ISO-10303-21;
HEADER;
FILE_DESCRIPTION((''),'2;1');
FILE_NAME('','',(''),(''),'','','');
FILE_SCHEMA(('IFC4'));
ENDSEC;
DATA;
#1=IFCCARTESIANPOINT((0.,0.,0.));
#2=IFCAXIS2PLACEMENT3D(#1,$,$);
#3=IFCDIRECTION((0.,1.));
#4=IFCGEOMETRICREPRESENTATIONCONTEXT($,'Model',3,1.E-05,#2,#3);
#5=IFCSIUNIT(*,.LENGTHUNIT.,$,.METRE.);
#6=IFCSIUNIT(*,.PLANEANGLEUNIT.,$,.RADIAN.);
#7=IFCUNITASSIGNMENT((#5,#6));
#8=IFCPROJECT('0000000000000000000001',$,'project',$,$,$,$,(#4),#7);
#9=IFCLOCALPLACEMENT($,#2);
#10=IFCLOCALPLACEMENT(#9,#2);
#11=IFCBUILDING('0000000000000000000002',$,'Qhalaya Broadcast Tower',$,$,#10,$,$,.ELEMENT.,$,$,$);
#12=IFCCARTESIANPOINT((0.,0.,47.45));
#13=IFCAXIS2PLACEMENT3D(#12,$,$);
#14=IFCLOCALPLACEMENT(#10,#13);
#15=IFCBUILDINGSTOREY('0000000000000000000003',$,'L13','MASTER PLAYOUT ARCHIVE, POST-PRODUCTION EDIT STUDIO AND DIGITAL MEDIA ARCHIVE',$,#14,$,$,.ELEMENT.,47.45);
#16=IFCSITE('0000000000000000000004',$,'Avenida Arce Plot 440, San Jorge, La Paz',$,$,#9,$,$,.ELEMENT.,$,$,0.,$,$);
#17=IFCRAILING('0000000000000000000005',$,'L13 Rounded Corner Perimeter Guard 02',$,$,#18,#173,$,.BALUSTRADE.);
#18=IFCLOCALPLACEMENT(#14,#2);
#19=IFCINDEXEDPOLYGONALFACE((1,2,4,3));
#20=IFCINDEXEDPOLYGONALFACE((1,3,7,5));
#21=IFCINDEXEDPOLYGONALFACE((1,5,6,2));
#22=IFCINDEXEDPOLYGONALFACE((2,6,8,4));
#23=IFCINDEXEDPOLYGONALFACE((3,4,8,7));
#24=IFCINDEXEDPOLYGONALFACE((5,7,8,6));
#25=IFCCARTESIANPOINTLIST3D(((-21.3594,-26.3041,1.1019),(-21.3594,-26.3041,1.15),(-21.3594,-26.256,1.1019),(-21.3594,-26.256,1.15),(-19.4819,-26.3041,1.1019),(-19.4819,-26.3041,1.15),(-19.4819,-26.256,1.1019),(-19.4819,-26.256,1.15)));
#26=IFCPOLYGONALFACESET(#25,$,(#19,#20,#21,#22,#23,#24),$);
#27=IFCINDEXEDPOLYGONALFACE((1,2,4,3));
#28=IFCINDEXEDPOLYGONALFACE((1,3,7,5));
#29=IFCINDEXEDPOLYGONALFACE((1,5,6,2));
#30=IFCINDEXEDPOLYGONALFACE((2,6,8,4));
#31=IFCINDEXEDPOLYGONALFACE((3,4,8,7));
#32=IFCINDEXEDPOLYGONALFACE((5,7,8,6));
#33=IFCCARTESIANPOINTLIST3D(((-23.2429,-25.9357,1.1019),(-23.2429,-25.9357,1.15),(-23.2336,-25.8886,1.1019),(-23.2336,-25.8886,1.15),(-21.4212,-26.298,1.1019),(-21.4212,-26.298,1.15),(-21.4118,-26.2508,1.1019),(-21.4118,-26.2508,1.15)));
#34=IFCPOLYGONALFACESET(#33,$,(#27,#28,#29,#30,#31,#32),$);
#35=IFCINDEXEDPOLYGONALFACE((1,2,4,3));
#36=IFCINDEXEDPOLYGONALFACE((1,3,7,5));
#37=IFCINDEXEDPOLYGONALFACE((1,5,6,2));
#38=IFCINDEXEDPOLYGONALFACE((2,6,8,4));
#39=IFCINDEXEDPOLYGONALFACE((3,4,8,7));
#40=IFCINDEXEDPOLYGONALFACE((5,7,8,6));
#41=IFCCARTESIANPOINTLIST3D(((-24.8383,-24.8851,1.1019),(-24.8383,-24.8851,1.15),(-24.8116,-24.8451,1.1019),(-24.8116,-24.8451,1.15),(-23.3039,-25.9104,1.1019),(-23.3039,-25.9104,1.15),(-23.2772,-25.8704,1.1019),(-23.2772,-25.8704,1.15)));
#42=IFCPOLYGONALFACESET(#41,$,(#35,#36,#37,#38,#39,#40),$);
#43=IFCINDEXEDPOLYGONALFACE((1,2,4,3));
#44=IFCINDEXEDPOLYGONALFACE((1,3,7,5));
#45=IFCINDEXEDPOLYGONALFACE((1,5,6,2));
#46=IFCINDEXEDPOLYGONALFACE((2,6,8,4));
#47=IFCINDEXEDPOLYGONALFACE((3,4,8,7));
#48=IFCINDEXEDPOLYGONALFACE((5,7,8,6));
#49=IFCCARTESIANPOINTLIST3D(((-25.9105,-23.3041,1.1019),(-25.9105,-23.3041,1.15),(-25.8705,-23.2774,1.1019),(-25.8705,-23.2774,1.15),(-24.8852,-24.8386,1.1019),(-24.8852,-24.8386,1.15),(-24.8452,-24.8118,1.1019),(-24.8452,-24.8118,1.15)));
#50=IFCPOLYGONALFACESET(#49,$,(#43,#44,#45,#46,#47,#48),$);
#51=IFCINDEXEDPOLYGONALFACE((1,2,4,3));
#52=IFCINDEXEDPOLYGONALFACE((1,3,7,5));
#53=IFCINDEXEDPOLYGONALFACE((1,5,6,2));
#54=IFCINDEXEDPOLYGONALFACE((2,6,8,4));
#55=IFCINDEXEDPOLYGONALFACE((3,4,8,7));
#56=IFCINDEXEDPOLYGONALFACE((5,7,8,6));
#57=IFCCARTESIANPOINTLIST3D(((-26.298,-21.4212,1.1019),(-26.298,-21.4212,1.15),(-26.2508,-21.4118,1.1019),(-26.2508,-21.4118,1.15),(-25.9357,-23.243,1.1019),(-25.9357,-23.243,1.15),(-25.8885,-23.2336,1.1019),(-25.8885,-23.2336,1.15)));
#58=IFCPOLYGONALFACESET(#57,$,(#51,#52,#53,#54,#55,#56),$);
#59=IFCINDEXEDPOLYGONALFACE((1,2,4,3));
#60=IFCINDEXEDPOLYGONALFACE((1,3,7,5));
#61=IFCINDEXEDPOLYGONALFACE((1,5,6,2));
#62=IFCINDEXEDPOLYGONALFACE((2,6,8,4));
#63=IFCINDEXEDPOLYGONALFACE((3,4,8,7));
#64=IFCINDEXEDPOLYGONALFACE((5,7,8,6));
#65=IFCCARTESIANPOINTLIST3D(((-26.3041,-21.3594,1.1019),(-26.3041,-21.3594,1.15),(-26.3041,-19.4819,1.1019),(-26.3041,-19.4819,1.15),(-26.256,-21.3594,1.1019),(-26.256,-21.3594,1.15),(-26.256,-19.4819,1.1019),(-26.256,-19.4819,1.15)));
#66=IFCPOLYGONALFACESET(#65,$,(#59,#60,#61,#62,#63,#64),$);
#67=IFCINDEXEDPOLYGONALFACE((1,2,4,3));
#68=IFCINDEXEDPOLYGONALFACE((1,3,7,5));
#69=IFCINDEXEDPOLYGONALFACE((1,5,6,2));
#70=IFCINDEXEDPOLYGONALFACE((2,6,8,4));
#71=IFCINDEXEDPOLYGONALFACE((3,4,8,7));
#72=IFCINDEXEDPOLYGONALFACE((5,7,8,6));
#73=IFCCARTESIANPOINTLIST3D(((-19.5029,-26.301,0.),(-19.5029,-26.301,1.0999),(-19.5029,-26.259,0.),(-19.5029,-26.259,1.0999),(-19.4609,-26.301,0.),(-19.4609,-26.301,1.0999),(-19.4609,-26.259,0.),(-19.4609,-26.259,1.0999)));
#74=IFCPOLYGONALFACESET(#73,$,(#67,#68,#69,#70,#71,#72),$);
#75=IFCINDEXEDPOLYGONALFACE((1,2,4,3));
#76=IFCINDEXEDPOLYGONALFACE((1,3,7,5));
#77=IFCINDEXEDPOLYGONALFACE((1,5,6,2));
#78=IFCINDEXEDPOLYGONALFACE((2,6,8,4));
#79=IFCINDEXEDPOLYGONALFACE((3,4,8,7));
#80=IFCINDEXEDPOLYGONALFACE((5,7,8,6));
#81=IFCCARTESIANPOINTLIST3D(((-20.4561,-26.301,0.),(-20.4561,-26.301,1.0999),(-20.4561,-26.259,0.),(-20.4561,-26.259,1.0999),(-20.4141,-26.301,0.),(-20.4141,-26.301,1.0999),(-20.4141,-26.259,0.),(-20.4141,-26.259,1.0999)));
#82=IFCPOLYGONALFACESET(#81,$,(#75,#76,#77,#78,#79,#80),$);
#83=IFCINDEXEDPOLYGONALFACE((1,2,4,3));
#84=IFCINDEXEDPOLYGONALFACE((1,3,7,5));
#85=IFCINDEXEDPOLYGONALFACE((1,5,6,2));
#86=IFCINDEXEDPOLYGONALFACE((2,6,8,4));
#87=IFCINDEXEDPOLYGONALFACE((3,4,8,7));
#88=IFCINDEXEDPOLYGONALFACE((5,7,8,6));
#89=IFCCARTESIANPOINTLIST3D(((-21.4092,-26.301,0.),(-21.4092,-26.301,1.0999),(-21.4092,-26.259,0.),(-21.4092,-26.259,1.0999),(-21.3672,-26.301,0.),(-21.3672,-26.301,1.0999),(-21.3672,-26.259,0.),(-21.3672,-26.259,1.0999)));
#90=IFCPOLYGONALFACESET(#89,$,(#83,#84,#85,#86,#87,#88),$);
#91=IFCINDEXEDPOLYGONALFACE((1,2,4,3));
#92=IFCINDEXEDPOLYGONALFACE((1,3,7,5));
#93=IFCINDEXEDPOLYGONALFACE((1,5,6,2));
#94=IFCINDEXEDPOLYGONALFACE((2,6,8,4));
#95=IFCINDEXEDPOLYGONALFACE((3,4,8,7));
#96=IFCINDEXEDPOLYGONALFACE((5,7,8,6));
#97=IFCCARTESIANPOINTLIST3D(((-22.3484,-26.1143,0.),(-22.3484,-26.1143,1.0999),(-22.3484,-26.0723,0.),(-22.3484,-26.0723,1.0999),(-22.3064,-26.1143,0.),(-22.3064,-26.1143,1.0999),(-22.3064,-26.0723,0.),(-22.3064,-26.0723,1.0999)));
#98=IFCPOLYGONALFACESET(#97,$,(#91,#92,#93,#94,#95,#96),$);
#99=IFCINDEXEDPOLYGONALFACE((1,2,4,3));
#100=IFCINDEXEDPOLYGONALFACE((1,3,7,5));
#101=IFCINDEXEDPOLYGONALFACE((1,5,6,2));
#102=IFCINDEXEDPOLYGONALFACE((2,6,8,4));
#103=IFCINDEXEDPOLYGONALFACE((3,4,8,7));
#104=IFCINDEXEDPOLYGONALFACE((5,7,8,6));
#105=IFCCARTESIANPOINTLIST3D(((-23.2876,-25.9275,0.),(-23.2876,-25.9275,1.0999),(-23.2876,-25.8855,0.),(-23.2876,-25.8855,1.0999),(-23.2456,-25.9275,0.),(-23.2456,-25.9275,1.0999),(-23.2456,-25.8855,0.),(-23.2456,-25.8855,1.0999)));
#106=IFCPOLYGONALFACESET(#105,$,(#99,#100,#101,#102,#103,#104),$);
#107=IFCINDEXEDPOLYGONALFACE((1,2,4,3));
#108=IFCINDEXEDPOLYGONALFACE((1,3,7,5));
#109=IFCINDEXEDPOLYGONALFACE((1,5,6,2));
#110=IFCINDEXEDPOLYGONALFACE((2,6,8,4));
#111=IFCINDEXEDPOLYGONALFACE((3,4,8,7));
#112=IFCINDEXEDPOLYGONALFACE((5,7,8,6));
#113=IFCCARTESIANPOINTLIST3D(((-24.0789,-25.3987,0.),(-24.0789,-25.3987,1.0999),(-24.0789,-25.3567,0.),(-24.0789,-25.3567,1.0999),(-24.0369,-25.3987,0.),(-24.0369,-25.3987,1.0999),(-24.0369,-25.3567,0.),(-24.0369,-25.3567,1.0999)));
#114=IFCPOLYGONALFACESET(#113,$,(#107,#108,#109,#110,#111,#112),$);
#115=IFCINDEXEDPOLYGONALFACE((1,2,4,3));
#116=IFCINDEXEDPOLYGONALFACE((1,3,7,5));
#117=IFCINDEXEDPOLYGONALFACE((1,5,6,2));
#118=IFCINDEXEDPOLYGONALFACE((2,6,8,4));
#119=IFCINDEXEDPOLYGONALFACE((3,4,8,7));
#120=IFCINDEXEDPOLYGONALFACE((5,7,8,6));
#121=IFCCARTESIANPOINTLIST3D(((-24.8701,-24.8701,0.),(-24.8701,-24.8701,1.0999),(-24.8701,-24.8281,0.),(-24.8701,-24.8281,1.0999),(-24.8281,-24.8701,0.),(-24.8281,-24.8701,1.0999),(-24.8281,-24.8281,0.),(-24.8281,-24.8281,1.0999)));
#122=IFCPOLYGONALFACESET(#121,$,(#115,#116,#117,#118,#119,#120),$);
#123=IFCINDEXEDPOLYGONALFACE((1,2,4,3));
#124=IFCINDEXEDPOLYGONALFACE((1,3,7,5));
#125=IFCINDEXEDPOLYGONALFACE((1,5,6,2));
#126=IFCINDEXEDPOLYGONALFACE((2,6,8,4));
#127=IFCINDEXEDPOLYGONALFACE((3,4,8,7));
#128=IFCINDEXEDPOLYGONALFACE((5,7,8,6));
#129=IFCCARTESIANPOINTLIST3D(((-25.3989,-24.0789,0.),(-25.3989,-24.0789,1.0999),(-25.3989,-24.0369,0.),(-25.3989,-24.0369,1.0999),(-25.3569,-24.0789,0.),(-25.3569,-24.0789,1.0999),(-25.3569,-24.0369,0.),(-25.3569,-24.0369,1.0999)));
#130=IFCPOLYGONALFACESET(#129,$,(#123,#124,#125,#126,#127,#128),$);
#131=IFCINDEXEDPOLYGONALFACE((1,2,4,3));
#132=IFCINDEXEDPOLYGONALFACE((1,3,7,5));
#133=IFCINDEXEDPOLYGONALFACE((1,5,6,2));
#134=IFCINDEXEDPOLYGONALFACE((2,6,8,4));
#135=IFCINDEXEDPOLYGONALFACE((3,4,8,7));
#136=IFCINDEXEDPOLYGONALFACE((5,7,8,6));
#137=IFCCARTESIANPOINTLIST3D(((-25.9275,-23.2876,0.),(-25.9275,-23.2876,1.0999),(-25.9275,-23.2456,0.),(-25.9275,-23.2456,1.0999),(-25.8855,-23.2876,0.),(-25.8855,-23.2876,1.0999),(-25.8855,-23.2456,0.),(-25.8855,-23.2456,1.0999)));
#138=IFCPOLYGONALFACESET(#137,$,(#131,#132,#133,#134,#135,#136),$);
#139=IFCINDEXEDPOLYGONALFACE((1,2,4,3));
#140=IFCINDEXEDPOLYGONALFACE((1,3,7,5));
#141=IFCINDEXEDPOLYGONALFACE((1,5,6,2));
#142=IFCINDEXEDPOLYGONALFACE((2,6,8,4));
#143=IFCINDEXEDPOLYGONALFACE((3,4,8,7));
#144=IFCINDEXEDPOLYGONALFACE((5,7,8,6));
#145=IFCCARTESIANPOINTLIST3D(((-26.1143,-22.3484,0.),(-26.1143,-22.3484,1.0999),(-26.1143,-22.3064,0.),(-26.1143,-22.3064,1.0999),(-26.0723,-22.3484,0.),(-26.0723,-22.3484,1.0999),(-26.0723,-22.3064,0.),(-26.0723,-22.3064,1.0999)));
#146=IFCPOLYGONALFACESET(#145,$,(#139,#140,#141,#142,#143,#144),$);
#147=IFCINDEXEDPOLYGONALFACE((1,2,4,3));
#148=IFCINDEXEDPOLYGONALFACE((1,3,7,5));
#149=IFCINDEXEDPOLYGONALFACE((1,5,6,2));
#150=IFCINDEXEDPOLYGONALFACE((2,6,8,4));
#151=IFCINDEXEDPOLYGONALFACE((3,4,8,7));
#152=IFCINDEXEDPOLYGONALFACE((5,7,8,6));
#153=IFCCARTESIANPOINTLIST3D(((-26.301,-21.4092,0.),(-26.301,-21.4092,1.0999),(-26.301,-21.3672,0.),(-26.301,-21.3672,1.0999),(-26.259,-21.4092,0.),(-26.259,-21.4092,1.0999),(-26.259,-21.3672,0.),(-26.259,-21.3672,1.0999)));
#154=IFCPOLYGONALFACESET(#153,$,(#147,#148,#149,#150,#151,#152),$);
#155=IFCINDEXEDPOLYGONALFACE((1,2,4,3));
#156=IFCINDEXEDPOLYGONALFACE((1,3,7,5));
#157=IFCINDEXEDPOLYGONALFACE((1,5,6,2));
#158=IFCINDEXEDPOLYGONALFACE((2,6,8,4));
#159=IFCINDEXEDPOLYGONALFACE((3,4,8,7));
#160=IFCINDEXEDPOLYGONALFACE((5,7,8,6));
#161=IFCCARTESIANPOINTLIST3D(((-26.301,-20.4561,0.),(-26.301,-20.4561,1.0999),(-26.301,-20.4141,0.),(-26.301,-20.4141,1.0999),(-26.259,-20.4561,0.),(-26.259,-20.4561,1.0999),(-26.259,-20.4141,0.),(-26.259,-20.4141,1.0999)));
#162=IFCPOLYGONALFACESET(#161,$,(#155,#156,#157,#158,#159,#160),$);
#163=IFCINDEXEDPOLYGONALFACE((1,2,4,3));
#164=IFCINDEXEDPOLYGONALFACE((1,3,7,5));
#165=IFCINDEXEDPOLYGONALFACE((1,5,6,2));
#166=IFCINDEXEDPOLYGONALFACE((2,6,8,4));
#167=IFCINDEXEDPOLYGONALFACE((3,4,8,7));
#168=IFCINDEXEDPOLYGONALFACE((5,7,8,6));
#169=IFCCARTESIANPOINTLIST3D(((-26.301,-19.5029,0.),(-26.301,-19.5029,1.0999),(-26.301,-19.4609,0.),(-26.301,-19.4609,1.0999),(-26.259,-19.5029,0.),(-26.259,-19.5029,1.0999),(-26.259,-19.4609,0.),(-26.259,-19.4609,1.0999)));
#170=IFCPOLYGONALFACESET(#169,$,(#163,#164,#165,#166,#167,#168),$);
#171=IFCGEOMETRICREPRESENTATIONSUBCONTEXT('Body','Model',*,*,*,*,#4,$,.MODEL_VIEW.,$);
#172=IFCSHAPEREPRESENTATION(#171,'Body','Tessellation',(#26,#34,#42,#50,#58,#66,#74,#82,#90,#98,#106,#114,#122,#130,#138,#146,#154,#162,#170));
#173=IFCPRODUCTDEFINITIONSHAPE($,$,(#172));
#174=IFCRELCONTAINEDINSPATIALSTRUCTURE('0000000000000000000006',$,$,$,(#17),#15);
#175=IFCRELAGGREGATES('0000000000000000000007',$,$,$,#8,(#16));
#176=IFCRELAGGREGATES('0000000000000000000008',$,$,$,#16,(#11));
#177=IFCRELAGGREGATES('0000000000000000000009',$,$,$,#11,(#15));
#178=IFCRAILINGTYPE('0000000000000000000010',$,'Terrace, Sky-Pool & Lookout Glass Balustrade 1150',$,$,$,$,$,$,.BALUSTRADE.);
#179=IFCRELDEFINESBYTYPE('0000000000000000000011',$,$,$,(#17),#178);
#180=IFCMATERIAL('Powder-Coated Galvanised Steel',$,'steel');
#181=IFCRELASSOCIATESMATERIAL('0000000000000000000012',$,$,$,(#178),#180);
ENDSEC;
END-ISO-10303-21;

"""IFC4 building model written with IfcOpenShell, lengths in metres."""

from ifc_helpers import new_model, si_unit, direction, frame, origin, origin_2d, place, context, subcontext, project, spatial, rectangle, extrude, material, type_object, element, save


model = new_model("IFC4")

# Units and contexts
model_context = context("Model", 3, precision=1e-05, world=origin(), true_north=direction((0.0, 1.0)))
body_context = subcontext(model_context, "Body", "Model", "MODEL_VIEW")
ifc_project = project(units=[si_unit("LENGTHUNIT", "METRE"), si_unit("PLANEANGLEUNIT", "RADIAN")], contexts=[model_context])

# Site, building, storey
site_placement = place(None, origin())
site = spatial("IfcSite", under=ifc_project, at=site_placement, Name="Avenida Arce Plot 440, San Jorge, La Paz", CompositionType="ELEMENT", RefElevation=0.0)
building_placement = place(site_placement, origin())
building = spatial("IfcBuilding", under=site, at=building_placement, Name="Qhalaya Broadcast Tower", CompositionType="ELEMENT")
storey_placement = place(building_placement, frame((0.0, 0.0, 47.45)))
storey = spatial("IfcBuildingStorey", under=building, at=storey_placement, Name="L13", Description="MASTER PLAYOUT ARCHIVE, POST-PRODUCTION EDIT STUDIO AND DIGITAL MEDIA ARCHIVE", CompositionType="ELEMENT", Elevation=47.45)

# Railing
ifc_material_1 = material(Name="Powder-Coated Galvanised Steel", Category="steel")
railing_type = type_object("IfcRailingType", Name="Terrace, Sky-Pool & Lookout Glass Balustrade 1150", PredefinedType="BALUSTRADE", material=ifc_material_1)
railing_placement = place(storey_placement, frame((-19.4819, -26.28, 0.0)))
element("IfcRailing", 1, at=railing_placement, inside=storey, type_object=railing_type, Name="L13 Rounded Corner Perimeter Guard 02", PredefinedType="BALUSTRADE", context=body_context, shape_type="SweptSolid", body=[
    extrude(rectangle(XDim=0.0481, YDim=0.0481, at=origin_2d()), frame((0.0, 0.0, 1.126), z_axis=(-1.0, 0.0, 0.0), x_axis=(0.0, -1.0, 0.0)), (0.0, 0.0, 1.0), 1.8774),
    extrude(rectangle(XDim=0.0481, YDim=0.0481, at=origin_2d()), frame((-1.9346, 0.0056, 1.126), z_axis=(-0.980796, 0.195037, 0.0), x_axis=(-0.195037, -0.980796, 0.0)), (0.0, 0.0, 1.0), 1.8574),
    extrude(rectangle(XDim=0.0481, YDim=0.0481, at=origin_2d()), frame((-3.8086, 0.3896, 1.126), z_axis=(-0.831478, 0.555558, 0.0), x_axis=(-0.555558, -0.831478, 0.0)), (0.0, 0.0, 1.0), 1.8455),
    extrude(rectangle(XDim=0.0481, YDim=0.0481, at=origin_2d()), frame((-5.3833, 1.4548, 1.126), z_axis=(-0.555558, 0.831478, 0.0), x_axis=(-0.831478, -0.555558, 0.0)), (0.0, 0.0, 1.0), 1.8455),
    extrude(rectangle(XDim=0.0481, YDim=0.0481, at=origin_2d()), frame((-6.4302, 3.0417, 1.126), z_axis=(-0.195037, 0.980796, 0.0), x_axis=(-0.980796, -0.195037, 0.0)), (0.0, 0.0, 1.0), 1.8574),
    extrude(rectangle(XDim=0.0481, YDim=0.0481, at=origin_2d()), frame((-6.7981, 4.9207, 1.126), z_axis=(0.0, 1.0, 0.0), x_axis=(-1.0, 0.0, 0.0)), (0.0, 0.0, 1.0), 1.8774),
    extrude(rectangle(XDim=0.042, YDim=0.042, at=origin_2d()), origin(), (0.0, 0.0, 1.0), 1.0999),
    extrude(rectangle(XDim=0.042, YDim=0.042, at=origin_2d()), frame((-0.9531, 0.0, 0.0)), (0.0, 0.0, 1.0), 1.0999),
    extrude(rectangle(XDim=0.042, YDim=0.042, at=origin_2d()), frame((-1.9062, 0.0, 0.0)), (0.0, 0.0, 1.0), 1.0999),
    extrude(rectangle(XDim=0.042, YDim=0.042, at=origin_2d()), frame((-2.8455, 0.1868, 0.0)), (0.0, 0.0, 1.0), 1.0999),
    extrude(rectangle(XDim=0.042, YDim=0.042, at=origin_2d()), frame((-3.7847, 0.3735, 0.0)), (0.0, 0.0, 1.0), 1.0999),
    extrude(rectangle(XDim=0.042, YDim=0.042, at=origin_2d()), frame((-4.5759, 0.9023, 0.0)), (0.0, 0.0, 1.0), 1.0999),
    extrude(rectangle(XDim=0.042, YDim=0.042, at=origin_2d()), frame((-5.3672, 1.4309, 0.0)), (0.0, 0.0, 1.0), 1.0999),
    extrude(rectangle(XDim=0.042, YDim=0.042, at=origin_2d()), frame((-5.896, 2.2222, 0.0)), (0.0, 0.0, 1.0), 1.0999),
    extrude(rectangle(XDim=0.042, YDim=0.042, at=origin_2d()), frame((-6.4246, 3.0134, 0.0)), (0.0, 0.0, 1.0), 1.0999),
    extrude(rectangle(XDim=0.042, YDim=0.042, at=origin_2d()), frame((-6.6113, 3.9526, 0.0)), (0.0, 0.0, 1.0), 1.0999),
    extrude(rectangle(XDim=0.042, YDim=0.042, at=origin_2d()), frame((-6.7981, 4.8918, 0.0)), (0.0, 0.0, 1.0), 1.0999),
    extrude(rectangle(XDim=0.042, YDim=0.042, at=origin_2d()), frame((-6.7981, 5.845, 0.0)), (0.0, 0.0, 1.0), 1.0999),
    extrude(rectangle(XDim=0.042, YDim=0.042, at=origin_2d()), frame((-6.7981, 6.7981, 0.0)), (0.0, 0.0, 1.0), 1.0999),
])

save(model, "model.ifc")
